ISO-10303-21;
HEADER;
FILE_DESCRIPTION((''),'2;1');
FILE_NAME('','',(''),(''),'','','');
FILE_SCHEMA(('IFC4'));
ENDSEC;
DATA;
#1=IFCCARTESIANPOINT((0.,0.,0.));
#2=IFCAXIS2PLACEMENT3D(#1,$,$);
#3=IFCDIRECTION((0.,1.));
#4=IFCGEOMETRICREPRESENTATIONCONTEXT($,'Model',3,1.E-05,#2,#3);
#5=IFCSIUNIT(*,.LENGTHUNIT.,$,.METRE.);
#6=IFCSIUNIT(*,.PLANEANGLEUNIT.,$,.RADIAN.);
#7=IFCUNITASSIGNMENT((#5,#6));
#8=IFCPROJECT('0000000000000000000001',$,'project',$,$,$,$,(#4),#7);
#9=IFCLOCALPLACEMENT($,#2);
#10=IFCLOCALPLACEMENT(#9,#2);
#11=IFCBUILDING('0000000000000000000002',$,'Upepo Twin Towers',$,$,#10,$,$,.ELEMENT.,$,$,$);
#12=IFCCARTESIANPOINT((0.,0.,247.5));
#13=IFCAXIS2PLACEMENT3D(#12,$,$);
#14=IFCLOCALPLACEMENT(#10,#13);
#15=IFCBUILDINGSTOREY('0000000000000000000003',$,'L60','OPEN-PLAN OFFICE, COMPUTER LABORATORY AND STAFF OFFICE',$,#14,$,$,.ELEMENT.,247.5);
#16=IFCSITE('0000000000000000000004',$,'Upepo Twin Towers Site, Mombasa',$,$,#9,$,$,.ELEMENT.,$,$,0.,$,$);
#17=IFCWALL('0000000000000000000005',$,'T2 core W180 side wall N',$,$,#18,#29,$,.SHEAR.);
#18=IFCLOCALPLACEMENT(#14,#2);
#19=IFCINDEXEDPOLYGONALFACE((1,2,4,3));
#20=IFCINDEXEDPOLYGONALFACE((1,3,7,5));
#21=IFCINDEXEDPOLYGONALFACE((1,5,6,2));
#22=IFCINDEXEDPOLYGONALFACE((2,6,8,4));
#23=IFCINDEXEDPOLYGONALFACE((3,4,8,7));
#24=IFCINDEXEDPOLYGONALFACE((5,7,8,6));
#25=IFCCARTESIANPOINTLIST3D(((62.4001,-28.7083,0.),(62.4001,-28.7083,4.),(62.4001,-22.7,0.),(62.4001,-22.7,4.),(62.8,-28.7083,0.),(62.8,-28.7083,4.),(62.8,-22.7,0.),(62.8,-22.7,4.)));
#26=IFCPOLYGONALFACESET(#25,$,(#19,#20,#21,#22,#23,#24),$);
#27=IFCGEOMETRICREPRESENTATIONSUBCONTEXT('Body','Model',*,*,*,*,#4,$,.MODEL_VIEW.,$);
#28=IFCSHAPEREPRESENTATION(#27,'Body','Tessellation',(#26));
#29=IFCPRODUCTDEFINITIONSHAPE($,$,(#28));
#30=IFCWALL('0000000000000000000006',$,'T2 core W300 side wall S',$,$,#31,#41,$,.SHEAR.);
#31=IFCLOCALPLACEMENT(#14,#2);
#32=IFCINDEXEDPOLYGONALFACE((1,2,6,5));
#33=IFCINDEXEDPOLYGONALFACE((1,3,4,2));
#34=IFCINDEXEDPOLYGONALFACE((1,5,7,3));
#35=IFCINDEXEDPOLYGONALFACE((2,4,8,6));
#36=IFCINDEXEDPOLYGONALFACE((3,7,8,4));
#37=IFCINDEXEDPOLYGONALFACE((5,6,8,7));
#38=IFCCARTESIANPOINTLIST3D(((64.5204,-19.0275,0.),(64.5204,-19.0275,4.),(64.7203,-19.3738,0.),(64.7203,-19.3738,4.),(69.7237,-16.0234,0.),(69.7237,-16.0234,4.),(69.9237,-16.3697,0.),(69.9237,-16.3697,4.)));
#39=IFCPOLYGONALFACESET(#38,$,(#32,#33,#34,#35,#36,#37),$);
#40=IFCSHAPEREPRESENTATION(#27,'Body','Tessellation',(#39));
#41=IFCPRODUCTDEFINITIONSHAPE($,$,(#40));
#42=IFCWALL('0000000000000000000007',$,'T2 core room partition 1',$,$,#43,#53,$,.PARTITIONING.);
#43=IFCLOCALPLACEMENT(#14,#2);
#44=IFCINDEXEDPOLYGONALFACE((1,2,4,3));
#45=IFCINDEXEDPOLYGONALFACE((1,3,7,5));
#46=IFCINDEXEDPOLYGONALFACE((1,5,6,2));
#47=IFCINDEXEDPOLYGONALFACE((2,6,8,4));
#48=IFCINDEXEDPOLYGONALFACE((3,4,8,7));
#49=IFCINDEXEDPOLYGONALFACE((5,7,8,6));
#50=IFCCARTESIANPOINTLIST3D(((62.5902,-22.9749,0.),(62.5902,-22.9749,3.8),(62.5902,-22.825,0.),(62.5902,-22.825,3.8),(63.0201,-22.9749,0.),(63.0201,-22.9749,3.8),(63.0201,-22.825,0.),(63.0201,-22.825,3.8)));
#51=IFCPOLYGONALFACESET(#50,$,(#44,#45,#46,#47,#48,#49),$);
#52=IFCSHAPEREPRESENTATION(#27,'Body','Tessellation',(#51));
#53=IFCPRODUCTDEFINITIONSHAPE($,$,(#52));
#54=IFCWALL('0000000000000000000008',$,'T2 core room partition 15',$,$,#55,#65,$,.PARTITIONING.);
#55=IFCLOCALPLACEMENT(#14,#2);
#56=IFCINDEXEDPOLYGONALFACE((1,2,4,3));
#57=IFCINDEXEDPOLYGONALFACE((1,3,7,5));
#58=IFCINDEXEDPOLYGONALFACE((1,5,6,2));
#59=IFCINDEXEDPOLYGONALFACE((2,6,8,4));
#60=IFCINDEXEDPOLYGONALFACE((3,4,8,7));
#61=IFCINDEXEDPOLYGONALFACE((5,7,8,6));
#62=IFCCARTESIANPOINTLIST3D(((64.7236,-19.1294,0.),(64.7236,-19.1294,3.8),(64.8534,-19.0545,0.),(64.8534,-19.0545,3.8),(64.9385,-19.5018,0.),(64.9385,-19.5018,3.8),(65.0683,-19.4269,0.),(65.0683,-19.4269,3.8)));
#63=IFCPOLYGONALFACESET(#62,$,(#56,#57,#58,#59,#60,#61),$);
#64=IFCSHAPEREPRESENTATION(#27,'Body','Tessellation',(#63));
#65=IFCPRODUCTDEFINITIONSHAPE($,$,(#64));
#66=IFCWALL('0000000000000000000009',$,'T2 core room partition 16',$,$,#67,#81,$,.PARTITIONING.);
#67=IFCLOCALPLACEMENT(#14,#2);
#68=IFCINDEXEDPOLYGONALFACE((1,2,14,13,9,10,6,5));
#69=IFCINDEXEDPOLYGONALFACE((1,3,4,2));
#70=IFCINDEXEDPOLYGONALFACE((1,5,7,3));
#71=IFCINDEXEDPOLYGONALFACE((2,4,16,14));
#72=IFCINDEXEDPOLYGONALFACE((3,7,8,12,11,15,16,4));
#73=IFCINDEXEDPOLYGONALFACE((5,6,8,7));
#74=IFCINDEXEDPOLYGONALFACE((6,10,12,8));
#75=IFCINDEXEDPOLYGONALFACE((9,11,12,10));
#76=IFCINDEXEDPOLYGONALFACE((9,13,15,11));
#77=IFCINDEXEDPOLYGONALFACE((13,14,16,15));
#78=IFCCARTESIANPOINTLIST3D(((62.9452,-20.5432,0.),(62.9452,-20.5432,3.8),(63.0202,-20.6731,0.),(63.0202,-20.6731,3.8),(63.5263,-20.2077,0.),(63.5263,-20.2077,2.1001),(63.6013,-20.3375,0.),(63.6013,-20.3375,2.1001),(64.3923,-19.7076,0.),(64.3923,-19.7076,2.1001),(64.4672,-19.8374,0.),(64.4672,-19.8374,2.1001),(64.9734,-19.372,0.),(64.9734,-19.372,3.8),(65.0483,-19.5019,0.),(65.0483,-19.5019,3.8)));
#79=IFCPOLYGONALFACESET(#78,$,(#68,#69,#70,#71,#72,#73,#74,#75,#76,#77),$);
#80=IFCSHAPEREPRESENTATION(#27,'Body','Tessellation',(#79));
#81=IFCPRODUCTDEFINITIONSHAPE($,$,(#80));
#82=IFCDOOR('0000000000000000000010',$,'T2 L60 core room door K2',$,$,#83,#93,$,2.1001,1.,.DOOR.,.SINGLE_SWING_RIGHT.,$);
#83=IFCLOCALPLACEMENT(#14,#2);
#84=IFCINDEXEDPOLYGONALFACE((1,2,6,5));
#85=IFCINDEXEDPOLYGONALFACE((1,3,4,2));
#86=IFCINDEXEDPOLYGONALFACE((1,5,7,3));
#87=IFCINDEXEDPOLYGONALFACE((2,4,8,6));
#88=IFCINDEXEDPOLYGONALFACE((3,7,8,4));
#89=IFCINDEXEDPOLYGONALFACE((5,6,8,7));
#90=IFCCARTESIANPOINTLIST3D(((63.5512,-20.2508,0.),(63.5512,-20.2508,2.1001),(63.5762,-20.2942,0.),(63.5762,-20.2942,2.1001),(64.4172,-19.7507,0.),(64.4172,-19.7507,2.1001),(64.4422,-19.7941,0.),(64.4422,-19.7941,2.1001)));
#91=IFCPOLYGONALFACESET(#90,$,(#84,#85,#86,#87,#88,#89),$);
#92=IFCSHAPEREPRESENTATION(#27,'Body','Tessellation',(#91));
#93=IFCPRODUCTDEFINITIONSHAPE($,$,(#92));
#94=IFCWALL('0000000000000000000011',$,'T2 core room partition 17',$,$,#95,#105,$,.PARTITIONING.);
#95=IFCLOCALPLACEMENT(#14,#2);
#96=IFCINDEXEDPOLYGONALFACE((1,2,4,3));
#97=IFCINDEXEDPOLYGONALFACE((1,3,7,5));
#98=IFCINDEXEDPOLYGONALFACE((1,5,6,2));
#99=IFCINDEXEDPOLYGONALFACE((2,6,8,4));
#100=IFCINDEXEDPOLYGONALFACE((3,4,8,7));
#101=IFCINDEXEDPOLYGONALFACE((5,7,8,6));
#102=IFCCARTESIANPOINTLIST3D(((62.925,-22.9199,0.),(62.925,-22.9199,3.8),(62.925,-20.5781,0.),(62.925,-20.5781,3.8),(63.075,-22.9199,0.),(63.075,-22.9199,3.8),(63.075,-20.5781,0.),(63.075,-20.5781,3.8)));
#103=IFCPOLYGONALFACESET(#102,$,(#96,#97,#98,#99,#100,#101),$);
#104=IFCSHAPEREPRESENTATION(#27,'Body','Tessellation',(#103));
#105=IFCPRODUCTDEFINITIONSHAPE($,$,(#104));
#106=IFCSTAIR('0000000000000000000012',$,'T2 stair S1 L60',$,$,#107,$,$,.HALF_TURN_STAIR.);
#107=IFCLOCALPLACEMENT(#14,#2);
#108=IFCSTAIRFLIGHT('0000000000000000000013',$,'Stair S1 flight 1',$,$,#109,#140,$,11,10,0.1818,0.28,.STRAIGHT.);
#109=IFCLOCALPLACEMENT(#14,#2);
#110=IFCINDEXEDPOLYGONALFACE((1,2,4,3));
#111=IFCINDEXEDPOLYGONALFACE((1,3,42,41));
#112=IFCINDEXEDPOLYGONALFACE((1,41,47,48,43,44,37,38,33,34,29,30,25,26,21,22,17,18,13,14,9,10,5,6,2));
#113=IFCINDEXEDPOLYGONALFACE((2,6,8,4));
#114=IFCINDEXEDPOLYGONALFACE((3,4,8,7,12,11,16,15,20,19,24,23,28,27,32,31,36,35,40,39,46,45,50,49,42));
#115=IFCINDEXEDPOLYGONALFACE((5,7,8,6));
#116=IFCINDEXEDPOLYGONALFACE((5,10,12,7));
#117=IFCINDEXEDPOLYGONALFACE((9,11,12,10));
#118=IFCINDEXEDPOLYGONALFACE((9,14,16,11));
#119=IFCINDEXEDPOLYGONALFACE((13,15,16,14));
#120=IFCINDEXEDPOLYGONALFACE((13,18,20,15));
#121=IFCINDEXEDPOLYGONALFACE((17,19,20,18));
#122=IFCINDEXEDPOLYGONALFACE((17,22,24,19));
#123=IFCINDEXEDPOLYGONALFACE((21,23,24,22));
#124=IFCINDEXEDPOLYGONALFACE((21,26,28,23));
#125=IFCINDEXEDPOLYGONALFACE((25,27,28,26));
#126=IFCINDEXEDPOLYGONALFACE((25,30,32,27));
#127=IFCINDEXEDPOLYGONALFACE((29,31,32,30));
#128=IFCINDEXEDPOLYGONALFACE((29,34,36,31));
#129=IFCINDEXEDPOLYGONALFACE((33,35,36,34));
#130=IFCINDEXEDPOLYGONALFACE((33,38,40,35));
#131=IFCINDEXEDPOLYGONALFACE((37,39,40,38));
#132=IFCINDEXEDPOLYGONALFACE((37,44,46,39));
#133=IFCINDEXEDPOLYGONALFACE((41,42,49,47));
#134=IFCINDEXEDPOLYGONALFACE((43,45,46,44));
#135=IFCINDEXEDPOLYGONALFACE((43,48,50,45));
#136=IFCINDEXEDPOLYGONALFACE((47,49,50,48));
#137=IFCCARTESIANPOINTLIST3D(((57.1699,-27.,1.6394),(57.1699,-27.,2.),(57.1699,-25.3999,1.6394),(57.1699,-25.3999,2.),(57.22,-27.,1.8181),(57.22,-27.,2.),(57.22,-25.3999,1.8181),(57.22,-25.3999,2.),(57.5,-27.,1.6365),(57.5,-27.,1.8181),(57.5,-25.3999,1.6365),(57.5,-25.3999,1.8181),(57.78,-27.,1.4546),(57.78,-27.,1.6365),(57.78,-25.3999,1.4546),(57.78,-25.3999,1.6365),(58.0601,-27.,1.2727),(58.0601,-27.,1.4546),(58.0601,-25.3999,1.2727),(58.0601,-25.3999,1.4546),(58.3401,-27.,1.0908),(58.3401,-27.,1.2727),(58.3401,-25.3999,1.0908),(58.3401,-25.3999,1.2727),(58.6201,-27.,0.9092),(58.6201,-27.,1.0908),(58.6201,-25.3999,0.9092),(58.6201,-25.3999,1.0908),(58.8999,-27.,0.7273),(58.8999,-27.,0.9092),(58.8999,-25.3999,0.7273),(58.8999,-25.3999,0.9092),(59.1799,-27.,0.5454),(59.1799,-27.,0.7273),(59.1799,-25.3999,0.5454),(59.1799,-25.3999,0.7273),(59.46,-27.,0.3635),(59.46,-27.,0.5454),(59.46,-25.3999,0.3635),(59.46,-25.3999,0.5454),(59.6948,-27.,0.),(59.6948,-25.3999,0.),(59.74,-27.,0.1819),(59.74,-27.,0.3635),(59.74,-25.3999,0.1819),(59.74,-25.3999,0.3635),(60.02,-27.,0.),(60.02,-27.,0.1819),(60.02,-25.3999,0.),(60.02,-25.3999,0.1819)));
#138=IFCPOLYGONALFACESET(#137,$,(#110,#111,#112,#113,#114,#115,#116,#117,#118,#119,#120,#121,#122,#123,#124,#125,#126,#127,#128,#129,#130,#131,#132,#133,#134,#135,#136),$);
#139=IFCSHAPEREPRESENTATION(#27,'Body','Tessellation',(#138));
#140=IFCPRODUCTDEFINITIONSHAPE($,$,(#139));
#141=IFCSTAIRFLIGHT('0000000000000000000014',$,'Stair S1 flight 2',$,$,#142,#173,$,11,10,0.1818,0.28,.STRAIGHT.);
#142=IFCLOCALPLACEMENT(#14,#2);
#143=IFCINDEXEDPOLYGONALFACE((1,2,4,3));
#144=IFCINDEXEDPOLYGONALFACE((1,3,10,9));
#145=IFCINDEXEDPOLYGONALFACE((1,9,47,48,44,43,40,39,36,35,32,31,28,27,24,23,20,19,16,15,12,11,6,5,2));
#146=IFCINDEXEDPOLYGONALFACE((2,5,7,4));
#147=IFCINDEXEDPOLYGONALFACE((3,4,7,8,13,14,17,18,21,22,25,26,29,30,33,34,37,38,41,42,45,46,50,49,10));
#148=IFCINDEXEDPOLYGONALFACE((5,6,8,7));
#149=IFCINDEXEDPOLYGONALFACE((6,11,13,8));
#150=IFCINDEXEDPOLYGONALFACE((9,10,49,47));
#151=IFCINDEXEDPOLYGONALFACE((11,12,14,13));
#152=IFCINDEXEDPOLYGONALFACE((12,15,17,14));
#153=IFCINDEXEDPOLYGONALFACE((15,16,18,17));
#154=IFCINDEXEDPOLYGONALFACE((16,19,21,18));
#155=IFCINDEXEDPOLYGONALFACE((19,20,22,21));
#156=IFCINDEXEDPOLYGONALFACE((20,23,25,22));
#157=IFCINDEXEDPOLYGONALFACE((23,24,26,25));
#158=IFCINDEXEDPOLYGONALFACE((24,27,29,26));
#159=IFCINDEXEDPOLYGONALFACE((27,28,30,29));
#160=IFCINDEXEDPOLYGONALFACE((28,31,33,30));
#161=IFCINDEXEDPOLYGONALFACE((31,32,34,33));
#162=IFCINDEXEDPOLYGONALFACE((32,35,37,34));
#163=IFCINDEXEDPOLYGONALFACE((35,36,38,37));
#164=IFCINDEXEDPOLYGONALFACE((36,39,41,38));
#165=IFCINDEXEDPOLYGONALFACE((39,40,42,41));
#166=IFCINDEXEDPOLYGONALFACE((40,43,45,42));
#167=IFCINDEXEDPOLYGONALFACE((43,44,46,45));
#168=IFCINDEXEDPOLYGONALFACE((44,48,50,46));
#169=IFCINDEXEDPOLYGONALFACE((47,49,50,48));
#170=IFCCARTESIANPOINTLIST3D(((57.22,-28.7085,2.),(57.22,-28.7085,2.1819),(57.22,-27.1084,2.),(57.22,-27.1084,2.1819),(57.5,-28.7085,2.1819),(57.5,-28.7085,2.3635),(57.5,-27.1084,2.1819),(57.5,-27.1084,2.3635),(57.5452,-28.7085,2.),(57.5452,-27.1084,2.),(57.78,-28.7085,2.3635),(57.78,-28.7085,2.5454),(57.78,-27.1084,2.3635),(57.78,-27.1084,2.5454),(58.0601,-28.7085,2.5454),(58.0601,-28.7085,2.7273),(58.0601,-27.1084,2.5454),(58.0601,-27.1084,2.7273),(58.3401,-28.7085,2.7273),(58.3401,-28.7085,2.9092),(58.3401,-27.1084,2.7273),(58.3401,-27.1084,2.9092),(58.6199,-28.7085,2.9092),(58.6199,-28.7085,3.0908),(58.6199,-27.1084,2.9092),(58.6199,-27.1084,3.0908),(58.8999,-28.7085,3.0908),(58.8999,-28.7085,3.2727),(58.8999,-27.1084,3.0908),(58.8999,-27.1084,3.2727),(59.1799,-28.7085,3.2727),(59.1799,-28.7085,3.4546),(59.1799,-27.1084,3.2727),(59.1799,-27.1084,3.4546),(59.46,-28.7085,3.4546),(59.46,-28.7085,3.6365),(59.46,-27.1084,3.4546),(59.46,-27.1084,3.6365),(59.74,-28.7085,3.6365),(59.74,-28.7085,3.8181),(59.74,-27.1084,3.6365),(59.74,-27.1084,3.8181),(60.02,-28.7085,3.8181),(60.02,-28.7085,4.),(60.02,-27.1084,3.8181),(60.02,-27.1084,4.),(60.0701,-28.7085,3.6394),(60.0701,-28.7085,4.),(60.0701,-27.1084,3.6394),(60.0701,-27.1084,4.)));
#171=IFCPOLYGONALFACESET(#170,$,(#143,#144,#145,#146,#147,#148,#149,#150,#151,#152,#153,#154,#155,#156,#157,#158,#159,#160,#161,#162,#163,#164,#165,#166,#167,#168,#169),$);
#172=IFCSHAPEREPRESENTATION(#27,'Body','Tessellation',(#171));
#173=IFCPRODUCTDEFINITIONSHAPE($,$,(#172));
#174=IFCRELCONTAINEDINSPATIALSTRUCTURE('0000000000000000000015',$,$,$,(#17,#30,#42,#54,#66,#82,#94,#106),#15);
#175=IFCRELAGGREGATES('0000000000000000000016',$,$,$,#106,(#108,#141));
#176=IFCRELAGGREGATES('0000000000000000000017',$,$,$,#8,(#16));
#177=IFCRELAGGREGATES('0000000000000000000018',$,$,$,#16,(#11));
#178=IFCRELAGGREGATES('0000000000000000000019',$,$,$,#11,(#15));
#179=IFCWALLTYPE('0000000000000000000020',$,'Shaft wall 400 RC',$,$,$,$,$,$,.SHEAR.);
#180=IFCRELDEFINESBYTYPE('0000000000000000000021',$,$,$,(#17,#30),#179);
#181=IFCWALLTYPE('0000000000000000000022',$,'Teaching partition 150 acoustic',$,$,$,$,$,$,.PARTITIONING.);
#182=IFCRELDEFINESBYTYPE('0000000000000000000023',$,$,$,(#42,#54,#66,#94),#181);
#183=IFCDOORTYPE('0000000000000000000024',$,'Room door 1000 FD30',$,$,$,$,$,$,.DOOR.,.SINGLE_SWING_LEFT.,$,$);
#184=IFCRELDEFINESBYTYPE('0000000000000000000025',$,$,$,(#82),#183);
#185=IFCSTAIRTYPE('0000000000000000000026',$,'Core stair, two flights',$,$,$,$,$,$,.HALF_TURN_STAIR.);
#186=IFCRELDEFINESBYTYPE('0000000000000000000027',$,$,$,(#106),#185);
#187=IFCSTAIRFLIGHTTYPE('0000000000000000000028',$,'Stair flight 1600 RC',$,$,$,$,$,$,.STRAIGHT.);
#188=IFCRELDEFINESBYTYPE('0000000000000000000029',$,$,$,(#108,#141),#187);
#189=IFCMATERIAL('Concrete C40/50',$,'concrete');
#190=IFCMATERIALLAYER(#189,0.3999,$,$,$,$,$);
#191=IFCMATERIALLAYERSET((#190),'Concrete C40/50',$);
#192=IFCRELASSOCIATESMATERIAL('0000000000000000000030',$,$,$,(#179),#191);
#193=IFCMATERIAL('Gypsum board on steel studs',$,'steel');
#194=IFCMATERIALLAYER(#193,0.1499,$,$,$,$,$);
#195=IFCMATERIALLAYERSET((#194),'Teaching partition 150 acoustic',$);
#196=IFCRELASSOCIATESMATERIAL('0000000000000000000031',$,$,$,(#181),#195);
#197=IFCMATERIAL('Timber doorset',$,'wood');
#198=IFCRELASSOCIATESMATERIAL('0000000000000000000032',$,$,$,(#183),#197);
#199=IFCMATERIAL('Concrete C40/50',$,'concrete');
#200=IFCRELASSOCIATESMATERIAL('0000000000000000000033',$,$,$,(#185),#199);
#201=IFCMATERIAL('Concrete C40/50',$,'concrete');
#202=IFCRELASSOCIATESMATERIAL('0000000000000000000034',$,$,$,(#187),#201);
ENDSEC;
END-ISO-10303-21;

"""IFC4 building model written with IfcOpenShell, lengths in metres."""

from ifc_helpers import new_model, si_unit, direction, frame, frame_2d, origin, place, context, subcontext, project, spatial, polyline, rectangle, outline, extrude, material, layer, layer_set, type_object, element, fill, aggregate, save


model = new_model("IFC4")

# Units and contexts
model_context = context("Model", 3, precision=1e-05, world=origin(), true_north=direction((0.0, 1.0)))
body_context = subcontext(model_context, "Body", "Model", "MODEL_VIEW")
ifc_project = project(units=[si_unit("LENGTHUNIT", "METRE"), si_unit("PLANEANGLEUNIT", "RADIAN")], contexts=[model_context])

# Site, building, storey
site_placement = place(None, origin())
site = spatial("IfcSite", under=ifc_project, at=site_placement, Name="Upepo Twin Towers Site, Mombasa", CompositionType="ELEMENT", RefElevation=0.0)
building_placement = place(site_placement, origin())
building = spatial("IfcBuilding", under=site, at=building_placement, Name="Upepo Twin Towers", CompositionType="ELEMENT")
storey_placement = place(building_placement, frame((0.0, 0.0, 247.5)))
storey = spatial("IfcBuildingStorey", under=building, at=storey_placement, Name="L60", Description="OPEN-PLAN OFFICE, COMPUTER LABORATORY AND STAFF OFFICE", CompositionType="ELEMENT", Elevation=247.5)

# Walls
ifc_material_1 = material(Name="Concrete C40/50", Category="concrete")
ifc_layer_1 = layer(ifc_material_1, 0.3999)
ifc_layer_set_1 = layer_set([ifc_layer_1], Name="Concrete C40/50")
wall_type_1 = type_object("IfcWallType", Name="Shaft wall 400 RC", PredefinedType="SHEAR", material=ifc_layer_set_1)
for number, where, z_axis, x_axis, name in (
    (1, (62.6001, -22.7, 0.0), (0.0, 0.0, 1.0), (0.0, -1.0, 0.0), "T2 core W180 side wall N"),
    (2, (64.6204, -19.2007, 0.0), (0.0, 0.0, 1.0), (0.866027, 0.499998, 0.0), "T2 core W300 side wall S"),
):
    element("IfcWall", number, at=place(storey_placement, frame(where, z_axis=z_axis, x_axis=x_axis)), inside=storey, type_object=wall_type_1, Name=name, PredefinedType="SHEAR", context=body_context, shape_type="SweptSolid", body=[
        extrude(rectangle(XDim=6.0083, YDim=0.3999, at=frame_2d((3.0042, 0.0))), origin(), (0.0, 0.0, 1.0), 4.0),
    ])
ifc_material_2 = material(Name="Gypsum board on steel studs", Category="steel")
ifc_layer_2 = layer(ifc_material_2, 0.1499)
ifc_layer_set_2 = layer_set([ifc_layer_2], Name="Teaching partition 150 acoustic")
wall_type_2 = type_object("IfcWallType", Name="Teaching partition 150 acoustic", PredefinedType="PARTITIONING", material=ifc_layer_set_2)
for number, where, z_axis, x_axis, name in (
    (3, (63.02, -22.8999, 0.0), (0.0, 0.0, 1.0), (-1.0, 0.0, 0.0), "T2 core room partition 1"),
    (4, (64.7886, -19.092, 0.0), (0.0, 0.0, 1.0), (0.499804, -0.866138, 0.0), "T2 core room partition 15"),
):
    element("IfcWall", number, at=place(storey_placement, frame(where, z_axis=z_axis, x_axis=x_axis)), inside=storey, type_object=wall_type_2, Name=name, PredefinedType="PARTITIONING", context=body_context, shape_type="SweptSolid", body=[
        extrude(rectangle(XDim=0.4299, YDim=0.1499, at=frame_2d((0.2148, 0.0))), origin(), (0.0, 0.0, 1.0), 3.8),
    ])

# Wall, opening, door
wall_1_placement = place(storey_placement, frame((65.0107, -19.437, 0.0), z_axis=(0.0, 0.0, 1.0), x_axis=(-0.865982, -0.500074, 0.0)))
wall_1 = element("IfcWall", 5, at=wall_1_placement, inside=storey, type_object=wall_type_2, Name="T2 core room partition 16", PredefinedType="PARTITIONING", context=body_context, shape_type="SweptSolid", body=[
    extrude(rectangle(XDim=2.342, YDim=0.1499, at=frame_2d((1.1709, 0.0))), origin(), (0.0, 0.0, 1.0), 3.8),
])
opening_1_placement = place(wall_1_placement, frame((0.6709, 0.0, 0.0)))
opening_1 = element("IfcOpeningElement", 6, at=opening_1_placement, cuts=wall_1, PredefinedType="OPENING", context=body_context, shape_type="SweptSolid", body=[
    extrude(rectangle(XDim=1.0, YDim=2.1001, at=frame_2d((0.5, 1.05))), frame((0.0, 0.085, 0.0), z_axis=(0.0, -1.0, 0.0), x_axis=(1.0, 0.0, 0.0)), (0.0, 0.0, 1.0), 0.1699),
])
ifc_material_3 = material(Name="Timber doorset", Category="wood")
door_type_1 = type_object("IfcDoorType", Name="Room door 1000 FD30", OperationType="SINGLE_SWING_LEFT", PredefinedType="DOOR", material=ifc_material_3)
door_1_placement = place(opening_1_placement, origin())
door_1 = element("IfcDoor", 7, at=door_1_placement, inside=storey, type_object=door_type_1, Name="T2 L60 core room door K2", OperationType="SINGLE_SWING_RIGHT", OverallHeight=2.1001, OverallWidth=1.0, PredefinedType="DOOR", context=body_context, shape_type="SweptSolid", body=[
    extrude(rectangle(XDim=1.0, YDim=2.1001, at=frame_2d((0.5, 1.05))), frame((0.0, 0.0249, 0.0), z_axis=(0.0, -1.0, 0.0), x_axis=(1.0, 0.0, 0.0)), (0.0, 0.0, 1.0), 0.05),
])
fill(opening_1, door_1)

# Wall
wall_2_placement = place(storey_placement, frame((63.0, -20.5781, 0.0), z_axis=(0.0, 0.0, 1.0), x_axis=(0.0, -1.0, 0.0)))
element("IfcWall", 8, at=wall_2_placement, inside=storey, type_object=wall_type_2, Name="T2 core room partition 17", PredefinedType="PARTITIONING", context=body_context, shape_type="SweptSolid", body=[
    extrude(rectangle(XDim=2.3418, YDim=0.1499, at=frame_2d((1.1709, 0.0))), origin(), (0.0, 0.0, 1.0), 3.8),
])

# Stair, stair flights
ifc_material_4 = material(Name="Concrete C40/50", Category="concrete")
stair_type = type_object("IfcStairType", Name="Core stair, two flights", PredefinedType="HALF_TURN_STAIR", material=ifc_material_4)
stair_placement = place(storey_placement, origin())
stair = element("IfcStair", 9, at=stair_placement, inside=storey, type_object=stair_type, Name="T2 stair S1 L60", PredefinedType="HALF_TURN_STAIR")
ifc_material_5 = material(Name="Concrete C40/50", Category="concrete")
stair_flight_type = type_object("IfcStairFlightType", Name="Stair flight 1600 RC", PredefinedType="STRAIGHT", material=ifc_material_5)
stair_flight_1_placement = place(storey_placement, frame((60.02, -26.2, 0.0), z_axis=(0.0, 0.0, 1.0), x_axis=(-1.0, 0.0, 0.0)))
stair_flight_1 = element("IfcStairFlight", 10, at=stair_flight_1_placement, type_object=stair_flight_type, Name="Stair S1 flight 1", NumberOfRisers=11, NumberOfTreads=10, PredefinedType="STRAIGHT", RiserHeight=0.1818, TreadLength=0.28, context=body_context, shape_type="SweptSolid", body=[
    extrude(outline(polyline([(0.0, 0.0), (0.0, 0.1819), (0.28, 0.1819), (0.28, 0.3635), (0.5601, 0.3635), (0.5601, 0.5454), (0.8401, 0.5454), (0.8401, 0.7273), (1.1201, 0.7273), (1.1201, 0.9092), (1.3999, 0.9092), (1.3999, 1.0908), (1.6799, 1.0908), (1.6799, 1.2727), (1.96, 1.2727), (1.96, 1.4546), (2.24, 1.4546), (2.24, 1.6365), (2.52, 1.6365), (2.52, 1.8181), (2.8, 1.8181), (2.8, 2.0), (2.8501, 2.0), (2.8501, 1.6394), (0.3252, 0.0), (0.0, 0.0)])), frame((0.0, 0.8, 0.0), z_axis=(0.0, -1.0, 0.0), x_axis=(1.0, 0.0, 0.0)), (0.0, 0.0, 1.0), 1.6001),
])
stair_flight_2_placement = place(storey_placement, frame((57.22, -27.9084, 2.0), z_axis=(0.0, 0.0, 1.0), x_axis=(1.0, 0.0, 0.0)))
stair_flight_2 = element("IfcStairFlight", 11, at=stair_flight_2_placement, type_object=stair_flight_type, Name="Stair S1 flight 2", NumberOfRisers=11, NumberOfTreads=10, PredefinedType="STRAIGHT", RiserHeight=0.1818, TreadLength=0.28, context=body_context, shape_type="SweptSolid", body=[
    extrude(outline(polyline([(0.0, 0.0), (0.0, 0.1819), (0.28, 0.1819), (0.28, 0.3635), (0.5601, 0.3635), (0.5601, 0.5454), (0.8401, 0.5454), (0.8401, 0.7273), (1.1201, 0.7273), (1.1201, 0.9092), (1.3999, 0.9092), (1.3999, 1.0908), (1.6799, 1.0908), (1.6799, 1.2727), (1.96, 1.2727), (1.96, 1.4546), (2.24, 1.4546), (2.24, 1.6365), (2.52, 1.6365), (2.52, 1.8181), (2.8, 1.8181), (2.8, 2.0), (2.8501, 2.0), (2.8501, 1.6394), (0.3252, 0.0), (0.0, 0.0)])), frame((0.0, 0.8, 0.0), z_axis=(0.0, -1.0, 0.0), x_axis=(1.0, 0.0, 0.0)), (0.0, 0.0, 1.0), 1.6001),
])
aggregate(stair, [stair_flight_1, stair_flight_2])

save(model, "model.ifc")
